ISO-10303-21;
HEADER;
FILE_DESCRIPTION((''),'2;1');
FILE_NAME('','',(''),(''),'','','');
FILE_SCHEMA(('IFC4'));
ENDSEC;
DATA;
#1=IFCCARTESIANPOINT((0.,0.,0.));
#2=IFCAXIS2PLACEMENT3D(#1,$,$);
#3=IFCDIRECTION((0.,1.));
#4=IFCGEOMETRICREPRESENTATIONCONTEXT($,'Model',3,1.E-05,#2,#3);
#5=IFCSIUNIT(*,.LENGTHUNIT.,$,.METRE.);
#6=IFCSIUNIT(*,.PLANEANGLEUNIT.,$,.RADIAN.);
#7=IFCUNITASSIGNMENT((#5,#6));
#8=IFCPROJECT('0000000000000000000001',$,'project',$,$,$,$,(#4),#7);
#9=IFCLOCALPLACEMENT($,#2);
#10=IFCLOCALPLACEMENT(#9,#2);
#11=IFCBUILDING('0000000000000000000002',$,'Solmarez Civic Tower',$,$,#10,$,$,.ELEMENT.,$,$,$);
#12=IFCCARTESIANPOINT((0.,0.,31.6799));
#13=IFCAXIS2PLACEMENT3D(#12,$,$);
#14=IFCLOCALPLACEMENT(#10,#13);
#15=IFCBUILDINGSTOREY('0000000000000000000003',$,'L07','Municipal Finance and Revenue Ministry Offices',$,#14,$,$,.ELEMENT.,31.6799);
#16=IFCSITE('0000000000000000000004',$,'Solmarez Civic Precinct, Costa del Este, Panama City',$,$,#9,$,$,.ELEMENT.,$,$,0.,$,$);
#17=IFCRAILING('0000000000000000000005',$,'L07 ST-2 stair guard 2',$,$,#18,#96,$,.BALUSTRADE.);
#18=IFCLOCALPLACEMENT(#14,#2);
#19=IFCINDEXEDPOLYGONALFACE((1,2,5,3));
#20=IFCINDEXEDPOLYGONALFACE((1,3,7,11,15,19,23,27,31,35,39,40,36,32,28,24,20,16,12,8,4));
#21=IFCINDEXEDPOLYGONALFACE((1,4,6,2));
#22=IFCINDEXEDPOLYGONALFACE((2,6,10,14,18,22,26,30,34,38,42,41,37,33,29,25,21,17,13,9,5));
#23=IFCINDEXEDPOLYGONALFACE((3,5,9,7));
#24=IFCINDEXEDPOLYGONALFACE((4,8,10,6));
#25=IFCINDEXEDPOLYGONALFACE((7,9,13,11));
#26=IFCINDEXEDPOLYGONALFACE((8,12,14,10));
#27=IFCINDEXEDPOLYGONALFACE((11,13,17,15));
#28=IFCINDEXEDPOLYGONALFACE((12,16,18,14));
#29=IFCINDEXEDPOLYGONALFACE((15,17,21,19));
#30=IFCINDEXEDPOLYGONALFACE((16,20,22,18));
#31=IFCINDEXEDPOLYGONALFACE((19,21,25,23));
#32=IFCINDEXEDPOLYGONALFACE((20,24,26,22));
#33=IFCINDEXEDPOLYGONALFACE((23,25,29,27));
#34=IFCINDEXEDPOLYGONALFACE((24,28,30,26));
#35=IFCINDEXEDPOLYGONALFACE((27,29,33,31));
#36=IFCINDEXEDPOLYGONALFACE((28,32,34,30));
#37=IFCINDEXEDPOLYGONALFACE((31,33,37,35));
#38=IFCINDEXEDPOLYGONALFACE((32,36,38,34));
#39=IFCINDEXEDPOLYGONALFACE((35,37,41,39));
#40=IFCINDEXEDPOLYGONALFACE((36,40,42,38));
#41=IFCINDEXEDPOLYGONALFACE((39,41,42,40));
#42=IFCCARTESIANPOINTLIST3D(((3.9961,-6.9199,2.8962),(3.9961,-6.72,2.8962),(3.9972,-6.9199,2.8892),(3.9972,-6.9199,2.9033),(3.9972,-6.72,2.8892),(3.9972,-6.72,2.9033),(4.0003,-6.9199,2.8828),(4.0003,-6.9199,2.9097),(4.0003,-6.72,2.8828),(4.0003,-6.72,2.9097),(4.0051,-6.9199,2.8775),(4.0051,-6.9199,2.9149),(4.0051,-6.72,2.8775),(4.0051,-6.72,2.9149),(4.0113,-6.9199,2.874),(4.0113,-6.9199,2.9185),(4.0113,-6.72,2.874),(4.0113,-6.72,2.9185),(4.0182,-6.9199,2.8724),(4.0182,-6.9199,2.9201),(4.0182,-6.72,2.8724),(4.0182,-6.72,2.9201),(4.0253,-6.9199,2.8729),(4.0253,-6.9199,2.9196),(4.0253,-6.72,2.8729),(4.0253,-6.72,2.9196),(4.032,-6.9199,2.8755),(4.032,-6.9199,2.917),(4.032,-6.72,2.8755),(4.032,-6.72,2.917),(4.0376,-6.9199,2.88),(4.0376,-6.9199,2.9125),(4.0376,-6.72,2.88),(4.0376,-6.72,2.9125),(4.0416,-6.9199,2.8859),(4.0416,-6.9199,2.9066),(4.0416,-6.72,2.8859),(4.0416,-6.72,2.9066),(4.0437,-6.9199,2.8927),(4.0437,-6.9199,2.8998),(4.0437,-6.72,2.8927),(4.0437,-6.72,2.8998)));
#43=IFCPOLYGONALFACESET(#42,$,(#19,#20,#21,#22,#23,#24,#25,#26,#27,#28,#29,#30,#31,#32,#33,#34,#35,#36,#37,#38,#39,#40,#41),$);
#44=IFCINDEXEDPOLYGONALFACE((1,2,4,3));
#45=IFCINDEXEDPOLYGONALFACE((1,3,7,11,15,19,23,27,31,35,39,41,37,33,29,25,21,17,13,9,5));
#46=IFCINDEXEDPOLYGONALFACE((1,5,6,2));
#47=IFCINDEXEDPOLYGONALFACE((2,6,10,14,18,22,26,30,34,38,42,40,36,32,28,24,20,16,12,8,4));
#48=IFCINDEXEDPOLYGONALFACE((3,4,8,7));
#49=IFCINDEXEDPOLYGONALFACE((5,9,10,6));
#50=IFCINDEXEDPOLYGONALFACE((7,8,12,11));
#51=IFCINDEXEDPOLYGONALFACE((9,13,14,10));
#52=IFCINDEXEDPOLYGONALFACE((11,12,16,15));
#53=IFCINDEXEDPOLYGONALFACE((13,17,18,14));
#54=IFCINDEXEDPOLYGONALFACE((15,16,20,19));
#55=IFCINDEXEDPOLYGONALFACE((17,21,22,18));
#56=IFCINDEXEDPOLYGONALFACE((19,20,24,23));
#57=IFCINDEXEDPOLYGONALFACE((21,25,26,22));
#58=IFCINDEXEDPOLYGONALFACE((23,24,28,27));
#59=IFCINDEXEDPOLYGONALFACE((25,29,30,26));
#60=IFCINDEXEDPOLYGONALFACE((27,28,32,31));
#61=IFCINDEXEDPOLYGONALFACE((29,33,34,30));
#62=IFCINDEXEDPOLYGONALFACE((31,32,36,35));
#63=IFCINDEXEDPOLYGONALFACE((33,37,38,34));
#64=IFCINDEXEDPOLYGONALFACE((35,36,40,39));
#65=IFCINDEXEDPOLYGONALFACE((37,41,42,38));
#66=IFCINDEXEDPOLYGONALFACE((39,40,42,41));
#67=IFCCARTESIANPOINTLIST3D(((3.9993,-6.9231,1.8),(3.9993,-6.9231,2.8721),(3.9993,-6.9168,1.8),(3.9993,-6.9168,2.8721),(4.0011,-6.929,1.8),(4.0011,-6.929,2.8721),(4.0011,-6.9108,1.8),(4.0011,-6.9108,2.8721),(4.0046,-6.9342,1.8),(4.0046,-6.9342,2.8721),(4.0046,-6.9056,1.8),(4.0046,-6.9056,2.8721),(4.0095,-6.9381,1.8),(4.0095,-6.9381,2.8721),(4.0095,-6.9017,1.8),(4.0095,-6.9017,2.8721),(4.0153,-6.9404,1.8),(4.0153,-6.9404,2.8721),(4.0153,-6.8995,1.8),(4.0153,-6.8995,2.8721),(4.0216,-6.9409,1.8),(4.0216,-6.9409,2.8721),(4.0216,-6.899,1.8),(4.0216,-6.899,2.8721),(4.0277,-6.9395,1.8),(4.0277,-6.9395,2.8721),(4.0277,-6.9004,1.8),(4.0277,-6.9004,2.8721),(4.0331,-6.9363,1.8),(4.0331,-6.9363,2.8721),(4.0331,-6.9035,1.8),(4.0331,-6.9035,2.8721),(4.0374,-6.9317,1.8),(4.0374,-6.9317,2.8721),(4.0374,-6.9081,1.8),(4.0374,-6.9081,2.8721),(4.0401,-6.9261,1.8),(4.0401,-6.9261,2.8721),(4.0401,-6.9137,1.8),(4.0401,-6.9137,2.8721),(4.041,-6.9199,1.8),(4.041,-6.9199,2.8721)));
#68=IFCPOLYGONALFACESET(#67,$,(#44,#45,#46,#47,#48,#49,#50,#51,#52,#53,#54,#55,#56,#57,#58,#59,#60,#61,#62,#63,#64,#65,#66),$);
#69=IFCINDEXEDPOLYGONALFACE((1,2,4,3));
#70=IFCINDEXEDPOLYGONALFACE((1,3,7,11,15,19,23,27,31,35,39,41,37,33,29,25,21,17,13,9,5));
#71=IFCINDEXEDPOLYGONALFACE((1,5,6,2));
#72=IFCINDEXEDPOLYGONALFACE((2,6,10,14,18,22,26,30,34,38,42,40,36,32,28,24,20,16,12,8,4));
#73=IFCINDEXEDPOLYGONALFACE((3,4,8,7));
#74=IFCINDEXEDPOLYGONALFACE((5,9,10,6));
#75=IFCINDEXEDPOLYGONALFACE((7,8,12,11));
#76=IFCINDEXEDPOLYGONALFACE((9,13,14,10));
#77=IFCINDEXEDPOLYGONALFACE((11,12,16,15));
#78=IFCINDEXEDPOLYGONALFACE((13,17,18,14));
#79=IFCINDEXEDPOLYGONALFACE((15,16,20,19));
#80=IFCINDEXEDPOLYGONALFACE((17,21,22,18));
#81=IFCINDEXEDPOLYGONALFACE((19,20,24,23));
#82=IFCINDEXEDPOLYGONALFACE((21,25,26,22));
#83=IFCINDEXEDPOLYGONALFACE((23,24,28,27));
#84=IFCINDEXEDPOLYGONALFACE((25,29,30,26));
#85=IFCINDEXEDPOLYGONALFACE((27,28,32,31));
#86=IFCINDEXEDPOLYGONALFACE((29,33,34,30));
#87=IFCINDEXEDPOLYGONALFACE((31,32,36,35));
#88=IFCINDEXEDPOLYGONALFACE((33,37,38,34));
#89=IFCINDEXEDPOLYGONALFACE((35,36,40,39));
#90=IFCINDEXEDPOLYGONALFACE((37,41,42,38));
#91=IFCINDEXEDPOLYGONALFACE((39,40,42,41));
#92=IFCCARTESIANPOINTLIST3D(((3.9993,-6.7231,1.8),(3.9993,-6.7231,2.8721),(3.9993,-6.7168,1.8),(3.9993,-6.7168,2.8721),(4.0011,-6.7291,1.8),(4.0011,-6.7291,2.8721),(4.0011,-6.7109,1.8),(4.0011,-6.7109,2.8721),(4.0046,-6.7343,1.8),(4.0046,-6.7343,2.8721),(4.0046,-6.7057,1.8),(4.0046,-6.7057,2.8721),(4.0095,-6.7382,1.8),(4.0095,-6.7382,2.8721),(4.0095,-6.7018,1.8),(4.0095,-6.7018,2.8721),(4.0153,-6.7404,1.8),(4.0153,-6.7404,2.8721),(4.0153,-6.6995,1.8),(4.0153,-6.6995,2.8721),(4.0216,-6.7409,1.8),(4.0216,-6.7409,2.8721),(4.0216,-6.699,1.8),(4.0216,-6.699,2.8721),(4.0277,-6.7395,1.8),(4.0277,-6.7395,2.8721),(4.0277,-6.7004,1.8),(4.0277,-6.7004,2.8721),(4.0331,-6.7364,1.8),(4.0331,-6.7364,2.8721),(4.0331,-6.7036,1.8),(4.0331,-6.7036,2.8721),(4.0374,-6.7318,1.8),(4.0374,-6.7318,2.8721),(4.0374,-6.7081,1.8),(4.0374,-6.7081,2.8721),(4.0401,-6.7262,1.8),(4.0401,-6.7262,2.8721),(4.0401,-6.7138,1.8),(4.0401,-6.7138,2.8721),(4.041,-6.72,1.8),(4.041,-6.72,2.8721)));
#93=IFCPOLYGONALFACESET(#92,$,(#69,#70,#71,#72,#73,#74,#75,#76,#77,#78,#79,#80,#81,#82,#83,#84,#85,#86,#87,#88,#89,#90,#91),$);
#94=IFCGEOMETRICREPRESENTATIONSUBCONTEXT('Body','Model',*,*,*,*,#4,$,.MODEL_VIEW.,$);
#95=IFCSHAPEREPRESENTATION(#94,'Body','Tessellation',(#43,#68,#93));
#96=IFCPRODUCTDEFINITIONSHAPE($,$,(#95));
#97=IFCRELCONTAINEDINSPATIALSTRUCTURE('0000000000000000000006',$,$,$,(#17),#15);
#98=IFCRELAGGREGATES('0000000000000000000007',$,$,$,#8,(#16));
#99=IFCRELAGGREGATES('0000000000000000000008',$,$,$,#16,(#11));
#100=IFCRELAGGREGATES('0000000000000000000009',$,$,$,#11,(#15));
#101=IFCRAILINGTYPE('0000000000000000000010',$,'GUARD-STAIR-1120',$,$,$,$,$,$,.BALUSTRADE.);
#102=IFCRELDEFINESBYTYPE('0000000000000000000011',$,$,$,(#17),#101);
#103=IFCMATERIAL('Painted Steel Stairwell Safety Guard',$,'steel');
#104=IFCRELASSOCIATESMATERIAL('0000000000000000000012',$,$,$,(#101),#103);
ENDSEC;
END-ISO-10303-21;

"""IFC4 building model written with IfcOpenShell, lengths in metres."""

from ifc_helpers import new_model, si_unit, direction, frame, origin, origin_2d, place, context, subcontext, project, spatial, circle, extrude, material, type_object, element, save


model = new_model("IFC4")

# Units and contexts
model_context = context("Model", 3, precision=1e-05, world=origin(), true_north=direction((0.0, 1.0)))
body_context = subcontext(model_context, "Body", "Model", "MODEL_VIEW")
ifc_project = project(units=[si_unit("LENGTHUNIT", "METRE"), si_unit("PLANEANGLEUNIT", "RADIAN")], contexts=[model_context])

# Site, building, storey
site_placement = place(None, origin())
site = spatial("IfcSite", under=ifc_project, at=site_placement, Name="Solmarez Civic Precinct, Costa del Este, Panama City", CompositionType="ELEMENT", RefElevation=0.0)
building_placement = place(site_placement, origin())
building = spatial("IfcBuilding", under=site, at=building_placement, Name="Solmarez Civic Tower", CompositionType="ELEMENT")
storey_placement = place(building_placement, frame((0.0, 0.0, 31.6799)))
storey = spatial("IfcBuildingStorey", under=building, at=storey_placement, Name="L07", Description="Municipal Finance and Revenue Ministry Offices", CompositionType="ELEMENT", Elevation=31.6799)

# Railing
ifc_material_1 = material(Name="Painted Steel Stairwell Safety Guard", Category="steel")
railing_type_1 = type_object("IfcRailingType", Name="GUARD-STAIR-1120", PredefinedType="BALUSTRADE", material=ifc_material_1)
railing_1_placement = place(storey_placement, frame((4.02, -6.9199, 1.8)))
element("IfcRailing", 1, at=railing_1_placement, inside=storey, type_object=railing_type_1, Name="L07 ST-2 stair guard 2", PredefinedType="BALUSTRADE", context=body_context, shape_type="SweptSolid", body=[
    extrude(circle(Radius=0.0239, at=origin_2d()), frame((0.0, 0.0, 1.0962), z_axis=(0.0, 1.0, 0.0), x_axis=(-1.0, 0.0, 0.0)), (0.0, 0.0, 1.0), 0.2),
    extrude(circle(Radius=0.021, at=origin_2d()), origin(), (0.0, 0.0, 1.0), 1.072),
    extrude(circle(Radius=0.021, at=origin_2d()), frame((0.0, 0.2, 0.0)), (0.0, 0.0, 1.0), 1.072),
])

save(model, "model.ifc")
